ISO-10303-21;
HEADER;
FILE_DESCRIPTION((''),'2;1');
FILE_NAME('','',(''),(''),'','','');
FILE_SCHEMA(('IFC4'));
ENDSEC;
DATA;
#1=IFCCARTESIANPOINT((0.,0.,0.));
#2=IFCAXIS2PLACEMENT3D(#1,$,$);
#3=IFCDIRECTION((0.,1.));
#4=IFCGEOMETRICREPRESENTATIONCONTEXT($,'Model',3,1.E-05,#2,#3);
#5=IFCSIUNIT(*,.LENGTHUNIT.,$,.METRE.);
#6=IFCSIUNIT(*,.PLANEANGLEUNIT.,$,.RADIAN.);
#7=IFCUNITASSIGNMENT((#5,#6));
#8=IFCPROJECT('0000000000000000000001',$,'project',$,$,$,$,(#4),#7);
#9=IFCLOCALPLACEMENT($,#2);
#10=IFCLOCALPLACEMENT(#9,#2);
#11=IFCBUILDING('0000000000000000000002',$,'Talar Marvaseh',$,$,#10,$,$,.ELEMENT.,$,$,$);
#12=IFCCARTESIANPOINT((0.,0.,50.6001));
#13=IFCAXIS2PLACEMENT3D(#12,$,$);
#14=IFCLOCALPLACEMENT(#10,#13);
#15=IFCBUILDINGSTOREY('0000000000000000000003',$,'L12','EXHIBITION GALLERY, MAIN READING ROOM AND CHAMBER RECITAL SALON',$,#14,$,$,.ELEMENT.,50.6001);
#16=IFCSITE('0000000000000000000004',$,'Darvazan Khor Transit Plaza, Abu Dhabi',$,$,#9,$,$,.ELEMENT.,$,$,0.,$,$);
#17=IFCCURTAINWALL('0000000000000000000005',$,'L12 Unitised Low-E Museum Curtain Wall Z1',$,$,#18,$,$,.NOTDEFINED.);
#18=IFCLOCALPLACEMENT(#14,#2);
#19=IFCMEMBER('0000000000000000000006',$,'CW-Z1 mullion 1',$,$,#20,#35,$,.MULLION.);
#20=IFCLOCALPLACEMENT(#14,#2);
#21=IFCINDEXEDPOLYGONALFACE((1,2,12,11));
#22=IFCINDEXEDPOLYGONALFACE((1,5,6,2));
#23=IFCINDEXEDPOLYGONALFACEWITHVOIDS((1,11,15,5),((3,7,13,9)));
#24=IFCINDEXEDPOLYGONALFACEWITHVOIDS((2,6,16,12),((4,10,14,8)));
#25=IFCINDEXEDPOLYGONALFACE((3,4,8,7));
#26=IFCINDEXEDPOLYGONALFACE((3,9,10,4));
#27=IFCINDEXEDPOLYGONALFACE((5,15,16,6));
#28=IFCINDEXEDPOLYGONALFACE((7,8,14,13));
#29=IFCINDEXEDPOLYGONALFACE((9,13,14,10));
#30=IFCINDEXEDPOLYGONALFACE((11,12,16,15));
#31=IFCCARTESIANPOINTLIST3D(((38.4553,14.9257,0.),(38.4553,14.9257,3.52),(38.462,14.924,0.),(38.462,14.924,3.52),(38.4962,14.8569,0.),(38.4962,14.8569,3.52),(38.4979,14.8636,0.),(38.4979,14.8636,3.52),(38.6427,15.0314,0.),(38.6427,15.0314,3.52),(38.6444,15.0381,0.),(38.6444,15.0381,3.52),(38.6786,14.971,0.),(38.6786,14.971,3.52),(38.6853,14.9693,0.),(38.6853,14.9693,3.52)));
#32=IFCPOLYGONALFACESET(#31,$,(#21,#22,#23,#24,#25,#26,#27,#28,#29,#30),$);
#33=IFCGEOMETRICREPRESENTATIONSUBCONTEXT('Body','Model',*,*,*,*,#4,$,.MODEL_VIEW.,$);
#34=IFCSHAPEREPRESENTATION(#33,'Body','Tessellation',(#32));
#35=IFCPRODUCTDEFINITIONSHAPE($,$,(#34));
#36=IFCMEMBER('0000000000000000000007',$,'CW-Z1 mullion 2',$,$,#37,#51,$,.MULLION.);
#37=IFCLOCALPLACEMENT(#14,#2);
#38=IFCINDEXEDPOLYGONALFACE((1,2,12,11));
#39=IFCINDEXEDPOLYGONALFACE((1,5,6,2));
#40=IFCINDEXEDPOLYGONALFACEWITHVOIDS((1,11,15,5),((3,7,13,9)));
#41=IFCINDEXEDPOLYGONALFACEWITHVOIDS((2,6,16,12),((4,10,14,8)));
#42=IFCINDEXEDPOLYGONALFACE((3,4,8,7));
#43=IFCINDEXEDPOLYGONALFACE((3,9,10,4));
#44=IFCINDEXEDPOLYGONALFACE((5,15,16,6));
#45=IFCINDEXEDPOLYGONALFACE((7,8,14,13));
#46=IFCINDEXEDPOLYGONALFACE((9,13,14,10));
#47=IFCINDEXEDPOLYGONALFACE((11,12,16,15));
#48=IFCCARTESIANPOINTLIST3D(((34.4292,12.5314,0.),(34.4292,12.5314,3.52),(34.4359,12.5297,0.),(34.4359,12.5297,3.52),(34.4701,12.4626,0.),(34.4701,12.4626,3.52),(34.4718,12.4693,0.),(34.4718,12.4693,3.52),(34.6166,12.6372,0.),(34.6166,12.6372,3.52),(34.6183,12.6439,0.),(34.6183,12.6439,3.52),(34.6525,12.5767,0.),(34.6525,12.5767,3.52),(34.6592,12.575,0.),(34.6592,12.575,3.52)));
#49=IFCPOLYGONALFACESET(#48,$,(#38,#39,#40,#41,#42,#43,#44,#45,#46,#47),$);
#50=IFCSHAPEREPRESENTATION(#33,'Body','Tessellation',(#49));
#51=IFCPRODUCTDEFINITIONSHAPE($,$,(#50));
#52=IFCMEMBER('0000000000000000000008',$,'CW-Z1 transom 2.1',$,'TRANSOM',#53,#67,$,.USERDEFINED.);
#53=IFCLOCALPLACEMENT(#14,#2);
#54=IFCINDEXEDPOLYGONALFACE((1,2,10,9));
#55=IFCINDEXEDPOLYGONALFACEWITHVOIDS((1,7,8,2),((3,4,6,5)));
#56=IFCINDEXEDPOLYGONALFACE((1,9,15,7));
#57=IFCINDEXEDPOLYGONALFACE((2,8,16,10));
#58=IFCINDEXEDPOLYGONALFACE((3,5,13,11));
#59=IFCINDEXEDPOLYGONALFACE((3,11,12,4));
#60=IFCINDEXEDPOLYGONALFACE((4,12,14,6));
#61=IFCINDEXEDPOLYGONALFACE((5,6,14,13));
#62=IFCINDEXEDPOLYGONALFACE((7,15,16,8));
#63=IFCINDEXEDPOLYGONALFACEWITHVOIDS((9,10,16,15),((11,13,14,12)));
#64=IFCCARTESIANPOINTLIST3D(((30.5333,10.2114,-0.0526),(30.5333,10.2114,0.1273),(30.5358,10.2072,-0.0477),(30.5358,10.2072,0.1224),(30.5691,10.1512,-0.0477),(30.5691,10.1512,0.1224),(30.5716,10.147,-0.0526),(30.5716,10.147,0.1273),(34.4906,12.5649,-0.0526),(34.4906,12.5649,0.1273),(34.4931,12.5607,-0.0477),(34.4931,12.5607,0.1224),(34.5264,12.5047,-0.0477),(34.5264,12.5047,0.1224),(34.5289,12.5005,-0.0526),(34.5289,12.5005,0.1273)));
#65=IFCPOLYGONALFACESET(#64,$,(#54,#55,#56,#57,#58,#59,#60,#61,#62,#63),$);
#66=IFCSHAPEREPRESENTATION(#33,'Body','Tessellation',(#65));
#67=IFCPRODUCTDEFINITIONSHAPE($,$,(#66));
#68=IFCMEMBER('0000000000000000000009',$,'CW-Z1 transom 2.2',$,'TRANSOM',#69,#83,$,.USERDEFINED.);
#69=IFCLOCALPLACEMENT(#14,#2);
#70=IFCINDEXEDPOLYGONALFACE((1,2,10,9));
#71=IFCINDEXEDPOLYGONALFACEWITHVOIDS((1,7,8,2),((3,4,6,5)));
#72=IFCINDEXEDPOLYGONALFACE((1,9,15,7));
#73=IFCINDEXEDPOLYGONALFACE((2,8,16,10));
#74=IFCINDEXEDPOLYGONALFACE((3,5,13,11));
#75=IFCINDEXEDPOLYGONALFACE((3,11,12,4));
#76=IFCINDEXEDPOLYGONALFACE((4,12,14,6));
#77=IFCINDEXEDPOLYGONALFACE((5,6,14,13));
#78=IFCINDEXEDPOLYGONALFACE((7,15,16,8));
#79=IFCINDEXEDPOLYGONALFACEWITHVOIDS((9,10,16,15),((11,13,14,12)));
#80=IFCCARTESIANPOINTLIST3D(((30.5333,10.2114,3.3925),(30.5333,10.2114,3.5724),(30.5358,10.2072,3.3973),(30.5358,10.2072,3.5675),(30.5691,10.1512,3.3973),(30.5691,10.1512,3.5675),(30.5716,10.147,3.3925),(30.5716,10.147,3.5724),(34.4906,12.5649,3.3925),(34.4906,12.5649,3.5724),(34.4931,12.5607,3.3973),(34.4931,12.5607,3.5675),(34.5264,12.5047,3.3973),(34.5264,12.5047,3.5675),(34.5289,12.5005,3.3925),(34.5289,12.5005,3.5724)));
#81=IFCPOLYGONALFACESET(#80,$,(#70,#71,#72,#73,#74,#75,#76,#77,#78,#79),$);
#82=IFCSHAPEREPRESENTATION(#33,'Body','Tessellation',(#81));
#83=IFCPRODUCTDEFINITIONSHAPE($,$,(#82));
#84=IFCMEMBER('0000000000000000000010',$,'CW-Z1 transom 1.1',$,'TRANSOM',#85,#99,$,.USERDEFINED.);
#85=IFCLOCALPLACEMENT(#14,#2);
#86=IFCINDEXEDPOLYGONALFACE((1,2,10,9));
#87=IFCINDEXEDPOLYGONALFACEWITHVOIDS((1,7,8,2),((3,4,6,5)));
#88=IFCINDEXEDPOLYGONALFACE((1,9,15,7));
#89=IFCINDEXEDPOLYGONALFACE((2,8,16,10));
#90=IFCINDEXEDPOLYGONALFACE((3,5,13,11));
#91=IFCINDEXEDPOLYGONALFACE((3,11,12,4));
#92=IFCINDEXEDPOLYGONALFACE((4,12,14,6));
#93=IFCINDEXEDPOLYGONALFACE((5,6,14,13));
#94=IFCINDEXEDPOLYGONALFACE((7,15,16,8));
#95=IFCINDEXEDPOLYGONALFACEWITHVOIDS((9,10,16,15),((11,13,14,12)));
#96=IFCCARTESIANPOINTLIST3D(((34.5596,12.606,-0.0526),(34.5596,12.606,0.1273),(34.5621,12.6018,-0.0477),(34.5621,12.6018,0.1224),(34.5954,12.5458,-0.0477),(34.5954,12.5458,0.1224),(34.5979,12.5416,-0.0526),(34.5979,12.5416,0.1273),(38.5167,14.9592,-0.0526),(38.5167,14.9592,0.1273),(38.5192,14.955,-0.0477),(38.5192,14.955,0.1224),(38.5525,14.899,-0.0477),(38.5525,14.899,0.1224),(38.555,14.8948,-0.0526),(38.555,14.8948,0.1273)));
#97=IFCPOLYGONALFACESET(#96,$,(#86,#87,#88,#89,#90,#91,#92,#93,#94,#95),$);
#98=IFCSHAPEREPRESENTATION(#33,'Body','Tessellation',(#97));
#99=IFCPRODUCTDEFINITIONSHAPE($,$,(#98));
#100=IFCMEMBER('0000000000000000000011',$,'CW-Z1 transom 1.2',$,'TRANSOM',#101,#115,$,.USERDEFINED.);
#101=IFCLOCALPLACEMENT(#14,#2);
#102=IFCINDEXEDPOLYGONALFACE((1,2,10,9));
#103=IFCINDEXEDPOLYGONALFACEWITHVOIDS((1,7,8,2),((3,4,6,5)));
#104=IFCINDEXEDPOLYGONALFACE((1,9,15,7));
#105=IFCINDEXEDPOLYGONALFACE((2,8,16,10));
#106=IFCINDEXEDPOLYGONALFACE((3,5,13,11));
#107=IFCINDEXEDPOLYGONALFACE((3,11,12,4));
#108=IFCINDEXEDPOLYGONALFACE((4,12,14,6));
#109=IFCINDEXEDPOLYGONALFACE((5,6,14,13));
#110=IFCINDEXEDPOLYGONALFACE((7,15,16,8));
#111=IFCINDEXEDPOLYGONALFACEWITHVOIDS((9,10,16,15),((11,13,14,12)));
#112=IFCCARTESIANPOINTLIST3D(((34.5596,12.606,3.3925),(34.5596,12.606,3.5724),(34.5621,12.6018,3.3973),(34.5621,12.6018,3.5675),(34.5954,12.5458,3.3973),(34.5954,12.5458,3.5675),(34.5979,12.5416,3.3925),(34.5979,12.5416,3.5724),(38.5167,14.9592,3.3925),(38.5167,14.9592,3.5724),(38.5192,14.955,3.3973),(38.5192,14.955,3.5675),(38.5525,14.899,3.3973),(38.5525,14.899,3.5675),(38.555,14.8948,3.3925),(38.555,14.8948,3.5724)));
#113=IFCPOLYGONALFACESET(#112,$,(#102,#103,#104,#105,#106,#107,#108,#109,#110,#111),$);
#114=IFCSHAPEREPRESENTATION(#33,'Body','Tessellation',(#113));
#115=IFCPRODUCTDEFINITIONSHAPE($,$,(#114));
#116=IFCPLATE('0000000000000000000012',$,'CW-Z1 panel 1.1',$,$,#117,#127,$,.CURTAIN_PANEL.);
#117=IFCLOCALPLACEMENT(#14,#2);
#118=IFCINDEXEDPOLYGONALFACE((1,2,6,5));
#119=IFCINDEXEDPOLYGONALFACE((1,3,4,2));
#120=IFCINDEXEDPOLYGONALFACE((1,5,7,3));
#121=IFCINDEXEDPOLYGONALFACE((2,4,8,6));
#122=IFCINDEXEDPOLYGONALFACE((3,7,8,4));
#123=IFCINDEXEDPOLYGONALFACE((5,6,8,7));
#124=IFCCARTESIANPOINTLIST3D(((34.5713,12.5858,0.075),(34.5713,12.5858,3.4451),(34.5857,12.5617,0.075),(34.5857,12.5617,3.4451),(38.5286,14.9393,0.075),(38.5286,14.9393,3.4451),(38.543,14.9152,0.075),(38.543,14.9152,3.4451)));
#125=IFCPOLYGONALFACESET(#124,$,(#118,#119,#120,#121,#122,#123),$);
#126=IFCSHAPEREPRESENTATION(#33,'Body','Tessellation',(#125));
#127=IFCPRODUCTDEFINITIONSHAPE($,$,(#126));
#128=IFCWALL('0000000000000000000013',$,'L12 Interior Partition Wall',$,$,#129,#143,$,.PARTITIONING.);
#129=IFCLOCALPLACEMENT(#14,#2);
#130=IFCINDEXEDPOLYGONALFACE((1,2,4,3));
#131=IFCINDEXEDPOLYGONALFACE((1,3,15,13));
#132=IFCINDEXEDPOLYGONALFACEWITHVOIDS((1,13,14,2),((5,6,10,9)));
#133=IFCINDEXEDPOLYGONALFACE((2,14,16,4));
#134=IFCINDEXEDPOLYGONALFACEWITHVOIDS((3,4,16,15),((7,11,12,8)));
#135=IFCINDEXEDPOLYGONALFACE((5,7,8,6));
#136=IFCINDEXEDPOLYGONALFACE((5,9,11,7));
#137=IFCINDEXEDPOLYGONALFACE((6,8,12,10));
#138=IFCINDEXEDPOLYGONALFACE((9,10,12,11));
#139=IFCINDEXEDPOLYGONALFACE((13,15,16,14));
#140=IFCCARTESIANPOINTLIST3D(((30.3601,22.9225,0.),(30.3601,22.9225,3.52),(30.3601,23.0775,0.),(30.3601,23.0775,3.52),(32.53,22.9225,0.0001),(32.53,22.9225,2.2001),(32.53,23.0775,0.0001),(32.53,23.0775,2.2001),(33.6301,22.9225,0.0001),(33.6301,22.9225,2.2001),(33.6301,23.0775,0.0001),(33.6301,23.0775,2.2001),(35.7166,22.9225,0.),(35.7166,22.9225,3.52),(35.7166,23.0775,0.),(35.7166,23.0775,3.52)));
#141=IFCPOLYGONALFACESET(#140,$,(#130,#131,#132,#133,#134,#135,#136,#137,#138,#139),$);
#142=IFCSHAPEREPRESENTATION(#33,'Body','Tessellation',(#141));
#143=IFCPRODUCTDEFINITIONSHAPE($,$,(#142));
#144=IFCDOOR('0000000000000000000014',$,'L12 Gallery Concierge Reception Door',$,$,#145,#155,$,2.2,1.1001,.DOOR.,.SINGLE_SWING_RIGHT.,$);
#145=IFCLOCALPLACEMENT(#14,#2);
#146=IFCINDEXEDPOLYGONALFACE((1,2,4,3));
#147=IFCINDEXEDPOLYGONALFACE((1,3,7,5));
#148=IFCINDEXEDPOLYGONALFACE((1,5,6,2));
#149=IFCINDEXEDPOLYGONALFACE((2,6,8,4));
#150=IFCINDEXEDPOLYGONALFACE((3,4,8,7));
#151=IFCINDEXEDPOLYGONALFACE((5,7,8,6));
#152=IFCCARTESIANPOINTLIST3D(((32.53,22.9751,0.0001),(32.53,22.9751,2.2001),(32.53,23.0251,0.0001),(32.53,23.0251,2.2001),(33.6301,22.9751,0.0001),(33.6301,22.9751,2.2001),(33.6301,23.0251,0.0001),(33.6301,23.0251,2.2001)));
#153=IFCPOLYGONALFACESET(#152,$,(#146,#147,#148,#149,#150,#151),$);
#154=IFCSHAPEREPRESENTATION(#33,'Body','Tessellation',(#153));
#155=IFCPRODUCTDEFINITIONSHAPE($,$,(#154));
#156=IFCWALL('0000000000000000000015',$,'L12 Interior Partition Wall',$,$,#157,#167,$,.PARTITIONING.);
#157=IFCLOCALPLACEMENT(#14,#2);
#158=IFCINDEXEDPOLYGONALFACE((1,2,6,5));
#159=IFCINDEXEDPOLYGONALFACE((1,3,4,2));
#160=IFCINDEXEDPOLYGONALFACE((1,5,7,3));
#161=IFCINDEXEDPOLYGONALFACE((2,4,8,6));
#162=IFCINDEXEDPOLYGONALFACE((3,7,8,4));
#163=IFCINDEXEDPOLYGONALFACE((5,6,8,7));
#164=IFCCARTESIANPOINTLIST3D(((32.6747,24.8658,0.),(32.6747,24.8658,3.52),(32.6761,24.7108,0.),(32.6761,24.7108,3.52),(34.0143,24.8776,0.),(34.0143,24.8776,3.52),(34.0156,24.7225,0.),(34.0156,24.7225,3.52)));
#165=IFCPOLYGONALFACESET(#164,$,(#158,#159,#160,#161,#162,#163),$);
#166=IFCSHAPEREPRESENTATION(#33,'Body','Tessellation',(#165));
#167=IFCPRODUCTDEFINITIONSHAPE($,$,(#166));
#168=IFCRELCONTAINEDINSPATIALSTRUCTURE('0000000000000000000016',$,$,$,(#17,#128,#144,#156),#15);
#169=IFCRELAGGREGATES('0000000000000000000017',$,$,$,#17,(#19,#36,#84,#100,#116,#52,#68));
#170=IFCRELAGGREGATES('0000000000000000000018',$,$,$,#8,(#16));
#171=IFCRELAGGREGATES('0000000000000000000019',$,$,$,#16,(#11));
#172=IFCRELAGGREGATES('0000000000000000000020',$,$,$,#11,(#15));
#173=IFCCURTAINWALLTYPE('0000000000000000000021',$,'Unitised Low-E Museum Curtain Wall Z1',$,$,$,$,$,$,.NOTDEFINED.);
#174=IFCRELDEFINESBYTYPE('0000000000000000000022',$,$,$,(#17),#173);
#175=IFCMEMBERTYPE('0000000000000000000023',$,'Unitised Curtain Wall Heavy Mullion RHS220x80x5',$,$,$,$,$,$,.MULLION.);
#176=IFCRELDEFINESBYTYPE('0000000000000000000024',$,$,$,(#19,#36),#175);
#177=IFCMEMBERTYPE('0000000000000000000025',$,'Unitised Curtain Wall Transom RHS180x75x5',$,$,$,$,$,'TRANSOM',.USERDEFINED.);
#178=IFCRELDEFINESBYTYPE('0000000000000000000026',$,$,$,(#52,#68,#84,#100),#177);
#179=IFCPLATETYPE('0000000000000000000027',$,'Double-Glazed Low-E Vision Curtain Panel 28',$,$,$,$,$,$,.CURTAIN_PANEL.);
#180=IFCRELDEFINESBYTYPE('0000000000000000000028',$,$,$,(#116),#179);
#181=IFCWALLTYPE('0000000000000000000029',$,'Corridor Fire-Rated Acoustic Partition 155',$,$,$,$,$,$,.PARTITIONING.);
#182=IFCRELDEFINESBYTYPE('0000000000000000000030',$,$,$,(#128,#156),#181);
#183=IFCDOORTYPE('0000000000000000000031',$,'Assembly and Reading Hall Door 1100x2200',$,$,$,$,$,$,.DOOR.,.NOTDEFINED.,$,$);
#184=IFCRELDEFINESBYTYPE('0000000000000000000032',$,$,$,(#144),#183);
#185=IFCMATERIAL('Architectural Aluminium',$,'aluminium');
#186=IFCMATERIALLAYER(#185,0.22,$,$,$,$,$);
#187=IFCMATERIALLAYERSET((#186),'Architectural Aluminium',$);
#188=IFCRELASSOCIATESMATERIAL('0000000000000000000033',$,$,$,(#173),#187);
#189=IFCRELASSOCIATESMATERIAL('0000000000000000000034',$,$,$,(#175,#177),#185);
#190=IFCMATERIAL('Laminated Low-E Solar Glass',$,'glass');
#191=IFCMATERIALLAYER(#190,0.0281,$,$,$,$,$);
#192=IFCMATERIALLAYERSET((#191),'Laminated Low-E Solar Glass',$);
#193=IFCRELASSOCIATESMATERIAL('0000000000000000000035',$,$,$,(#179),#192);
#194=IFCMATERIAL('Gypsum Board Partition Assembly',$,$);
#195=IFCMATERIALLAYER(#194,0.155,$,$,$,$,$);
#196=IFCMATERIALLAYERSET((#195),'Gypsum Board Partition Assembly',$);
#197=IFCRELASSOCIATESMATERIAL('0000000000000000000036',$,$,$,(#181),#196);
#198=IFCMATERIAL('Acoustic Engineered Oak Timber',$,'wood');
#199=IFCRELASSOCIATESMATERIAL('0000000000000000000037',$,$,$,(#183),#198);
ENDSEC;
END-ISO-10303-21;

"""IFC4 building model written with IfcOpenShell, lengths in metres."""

from ifc_helpers import new_model, si_unit, direction, frame, frame_2d, origin, origin_2d, place, context, subcontext, project, spatial, rectangle, hollow_rectangle, extrude, source, transform, mapped, material, layer, layer_set, material_profile, profile_set, type_object, type_shapes, element, fill, aggregate, save


model = new_model("IFC4")

# Units and contexts
model_context = context("Model", 3, precision=1e-05, world=origin(), true_north=direction((0.0, 1.0)))
body_context = subcontext(model_context, "Body", "Model", "MODEL_VIEW")
ifc_project = project(units=[si_unit("LENGTHUNIT", "METRE"), si_unit("PLANEANGLEUNIT", "RADIAN")], contexts=[model_context])

# Site, building, storey
site_placement = place(None, origin())
site = spatial("IfcSite", under=ifc_project, at=site_placement, Name="Darvazan Khor Transit Plaza, Abu Dhabi", CompositionType="ELEMENT", RefElevation=0.0)
building_placement = place(site_placement, origin())
building = spatial("IfcBuilding", under=site, at=building_placement, Name="Talar Marvaseh", CompositionType="ELEMENT")
storey_placement = place(building_placement, frame((0.0, 0.0, 50.6001)))
storey = spatial("IfcBuildingStorey", under=building, at=storey_placement, Name="L12", Description="EXHIBITION GALLERY, MAIN READING ROOM AND CHAMBER RECITAL SALON", CompositionType="ELEMENT", Elevation=50.6001)

# Shared definitions
ifc_material_1 = material(Name="Architectural Aluminium", Category="aluminium")
ifc_layer_1 = layer(ifc_material_1, 0.22)
ifc_layer_set_1 = layer_set([ifc_layer_1], Name="Architectural Aluminium")
curtain_wall_type = type_object("IfcCurtainWallType", Name="Unitised Low-E Museum Curtain Wall Z1", PredefinedType="NOTDEFINED", material=ifc_layer_set_1)
ifc_material_profile_1 = material_profile(ifc_material_1, hollow_rectangle(XDim=0.0801, YDim=0.22, WallThickness=0.0049, at=origin_2d()), Name="RHS220x80x5")
ifc_profile_set_1 = profile_set([ifc_material_profile_1], Name="Architectural Aluminium")
member_type_1 = type_object("IfcMemberType", Name="Unitised Curtain Wall Heavy Mullion RHS220x80x5", PredefinedType="MULLION", material=ifc_profile_set_1)
shared_shape_1 = source(origin(), body_context, "Body", "SweptSolid", [
    extrude(hollow_rectangle(XDim=0.0801, YDim=0.22, WallThickness=0.0049, at=origin_2d()), origin(), (0.0, 0.0, 1.0), 3.52),
])
type_shapes(member_type_1, [shared_shape_1])

# Curtain wall, members, plate
curtain_wall_1_placement = place(storey_placement, origin())
curtain_wall_1 = element("IfcCurtainWall", 1, at=curtain_wall_1_placement, inside=storey, type_object=curtain_wall_type, Name="L12 Unitised Low-E Museum Curtain Wall Z1", PredefinedType="NOTDEFINED")
member_1_placement = place(storey_placement, frame((38.5703, 14.9475, 0.0), z_axis=(0.0, 0.0, 1.0), x_axis=(0.511155, -0.859489, 0.0)))
member_1 = element("IfcMember", 2, at=member_1_placement, type_object=member_type_1, Name="CW-Z1 mullion 1", PredefinedType="MULLION", context=body_context, shape_type="MappedRepresentation", body=[
    mapped(shared_shape_1, transform((0.0, 0.0, 0.0), x_axis=(1.0, 0.0, 0.0), y_axis=(0.0, 1.0, 0.0), z_axis=(0.0, 0.0, 1.0), scale=1.0)),
])
member_2_placement = place(storey_placement, frame((34.5442, 12.5532, 0.0), z_axis=(0.0, 0.0, 1.0), x_axis=(0.511155, -0.859489, 0.0)))
member_2 = element("IfcMember", 3, at=member_2_placement, type_object=member_type_1, Name="CW-Z1 mullion 2", PredefinedType="MULLION", context=body_context, shape_type="MappedRepresentation", body=[
    mapped(shared_shape_1, transform((0.0, 0.0, 0.0), x_axis=(1.0, 0.0, 0.0), y_axis=(0.0, 1.0, 0.0), z_axis=(0.0, 0.0, 1.0), scale=1.0)),
])
ifc_material_profile_2 = material_profile(ifc_material_1, hollow_rectangle(XDim=0.075, YDim=0.1799, WallThickness=0.0049, at=origin_2d()), Name="RHS180x75x5")
ifc_profile_set_2 = profile_set([ifc_material_profile_2], Name="Architectural Aluminium")
member_type_2 = type_object("IfcMemberType", Name="Unitised Curtain Wall Transom RHS180x75x5", ElementType="TRANSOM", PredefinedType="USERDEFINED", material=ifc_profile_set_2)
shared_shape_2 = source(origin(), body_context, "Body", "SweptSolid", [
    extrude(hollow_rectangle(XDim=0.075, YDim=0.1799, WallThickness=0.0049, at=origin_2d()), origin(), (0.0, 0.0, 1.0), 4.6042),
])
member_3_placement = place(storey_placement, frame((34.5098, 12.5327, 0.0374), z_axis=(-0.859484, -0.511162, 0.0), x_axis=(0.511162, -0.859484, 0.0)))
member_3 = element("IfcMember", 4, at=member_3_placement, type_object=member_type_2, Name="CW-Z1 transom 2.1", ObjectType="TRANSOM", PredefinedType="USERDEFINED", context=body_context, shape_type="MappedRepresentation", body=[
    mapped(shared_shape_2, transform((0.0, 0.0, 0.0), x_axis=(1.0, 0.0, 0.0), y_axis=(0.0, 1.0, 0.0), z_axis=(0.0, 0.0, 1.0), scale=1.0)),
])
member_4_placement = place(storey_placement, frame((34.5098, 12.5327, 3.4824), z_axis=(-0.859484, -0.511162, 0.0), x_axis=(0.511162, -0.859484, 0.0)))
member_4 = element("IfcMember", 5, at=member_4_placement, type_object=member_type_2, Name="CW-Z1 transom 2.2", ObjectType="TRANSOM", PredefinedType="USERDEFINED", context=body_context, shape_type="MappedRepresentation", body=[
    mapped(shared_shape_2, transform((0.0, 0.0, 0.0), x_axis=(1.0, 0.0, 0.0), y_axis=(0.0, 1.0, 0.0), z_axis=(0.0, 0.0, 1.0), scale=1.0)),
])
shared_shape_3 = source(origin(), body_context, "Body", "SweptSolid", [
    extrude(hollow_rectangle(XDim=0.075, YDim=0.1799, WallThickness=0.0049, at=origin_2d()), origin(), (0.0, 0.0, 1.0), 4.604),
])
type_shapes(member_type_2, [shared_shape_2, shared_shape_3])
member_5_placement = place(storey_placement, frame((38.5359, 14.927, 0.0374), z_axis=(-0.859508, -0.511123, 0.0), x_axis=(0.511123, -0.859508, 0.0)))
member_5 = element("IfcMember", 6, at=member_5_placement, type_object=member_type_2, Name="CW-Z1 transom 1.1", ObjectType="TRANSOM", PredefinedType="USERDEFINED", context=body_context, shape_type="MappedRepresentation", body=[
    mapped(shared_shape_3, transform((0.0, 0.0, 0.0), x_axis=(1.0, 0.0, 0.0), y_axis=(0.0, 1.0, 0.0), z_axis=(0.0, 0.0, 1.0), scale=1.0)),
])
member_6_placement = place(storey_placement, frame((38.5359, 14.927, 3.4824), z_axis=(-0.859508, -0.511123, 0.0), x_axis=(0.511123, -0.859508, 0.0)))
member_6 = element("IfcMember", 7, at=member_6_placement, type_object=member_type_2, Name="CW-Z1 transom 1.2", ObjectType="TRANSOM", PredefinedType="USERDEFINED", context=body_context, shape_type="MappedRepresentation", body=[
    mapped(shared_shape_3, transform((0.0, 0.0, 0.0), x_axis=(1.0, 0.0, 0.0), y_axis=(0.0, 1.0, 0.0), z_axis=(0.0, 0.0, 1.0), scale=1.0)),
])
ifc_material_2 = material(Name="Laminated Low-E Solar Glass", Category="glass")
ifc_layer_2 = layer(ifc_material_2, 0.0281)
ifc_layer_set_2 = layer_set([ifc_layer_2], Name="Laminated Low-E Solar Glass")
plate_type = type_object("IfcPlateType", Name="Double-Glazed Low-E Vision Curtain Panel 28", PredefinedType="CURTAIN_PANEL", material=ifc_layer_set_2)
shared_shape_4 = source(origin(), body_context, "Body", "SweptSolid", [
    extrude(rectangle(XDim=4.6042, YDim=0.0281, at=origin_2d()), origin(), (0.0, 0.0, 1.0), 3.3701),
])
type_shapes(plate_type, [shared_shape_4])
plate_placement = place(storey_placement, frame((36.5571, 13.7505, 0.075), z_axis=(0.0, 0.0, 1.0), x_axis=(-0.859489, -0.511155, 0.0)))
plate = element("IfcPlate", 8, at=plate_placement, type_object=plate_type, Name="CW-Z1 panel 1.1", PredefinedType="CURTAIN_PANEL", context=body_context, shape_type="MappedRepresentation", body=[
    mapped(shared_shape_4, transform((0.0, 0.0, 0.0), x_axis=(1.0, 0.0, 0.0), y_axis=(0.0, 1.0, 0.0), z_axis=(0.0, 0.0, 1.0), scale=1.0)),
])
aggregate(curtain_wall_1, [member_1, member_2, member_5, member_6, plate, member_3, member_4])

# Wall, opening, door
ifc_material_3 = material(Name="Gypsum Board Partition Assembly")
ifc_layer_3 = layer(ifc_material_3, 0.155)
ifc_layer_set_3 = layer_set([ifc_layer_3], Name="Gypsum Board Partition Assembly")
wall_type_1 = type_object("IfcWallType", Name="Corridor Fire-Rated Acoustic Partition 155", PredefinedType="PARTITIONING", material=ifc_layer_set_3)
wall_1_placement = place(storey_placement, frame((35.7166, 23.0, 0.0), z_axis=(0.0, 0.0, 1.0), x_axis=(-1.0, 0.0, 0.0)))
wall_1 = element("IfcWall", 9, at=wall_1_placement, inside=storey, type_object=wall_type_1, Name="L12 Interior Partition Wall", PredefinedType="PARTITIONING", context=body_context, shape_type="SweptSolid", body=[
    extrude(rectangle(XDim=5.3564, YDim=0.155, at=frame_2d((2.6782, 0.0))), origin(), (0.0, 0.0, 1.0), 3.52),
])
opening_1_placement = place(wall_1_placement, frame((2.0864, 0.0, 0.0)))
opening_1 = element("IfcOpeningElement", 10, at=opening_1_placement, cuts=wall_1, PredefinedType="OPENING", context=body_context, shape_type="SweptSolid", body=[
    extrude(rectangle(XDim=1.1001, YDim=2.2, at=frame_2d((0.55, 1.1001))), frame((0.0, 0.0874, 0.0), z_axis=(0.0, -1.0, 0.0), x_axis=(1.0, 0.0, 0.0)), (0.0, 0.0, 1.0), 0.175),
])
ifc_material_4 = material(Name="Acoustic Engineered Oak Timber", Category="wood")
door_type_1 = type_object("IfcDoorType", Name="Assembly and Reading Hall Door 1100x2200", OperationType="NOTDEFINED", PredefinedType="DOOR", material=ifc_material_4)
shared_shape_5 = source(origin(), body_context, "Body", "SweptSolid", [
    extrude(rectangle(XDim=1.1001, YDim=2.2, at=frame_2d((0.55, 1.1001))), frame((0.0, 0.0249, 0.0), z_axis=(0.0, -1.0, 0.0), x_axis=(1.0, 0.0, 0.0)), (0.0, 0.0, 1.0), 0.05),
])
type_shapes(door_type_1, [shared_shape_5])
door_1_placement = place(opening_1_placement, origin())
door_1 = element("IfcDoor", 11, at=door_1_placement, inside=storey, type_object=door_type_1, Name="L12 Gallery Concierge Reception Door", OperationType="SINGLE_SWING_RIGHT", OverallHeight=2.2, OverallWidth=1.1001, PredefinedType="DOOR", context=body_context, shape_type="MappedRepresentation", body=[
    mapped(shared_shape_5, transform((0.0, 0.0, 0.0), x_axis=(1.0, 0.0, 0.0), y_axis=(0.0, 1.0, 0.0), z_axis=(0.0, 0.0, 1.0), scale=1.0)),
])
fill(opening_1, door_1)

# Wall
wall_2_placement = place(storey_placement, frame((32.6753, 24.7883, 0.0), z_axis=(0.0, 0.0, 1.0), x_axis=(0.999962, 0.008748, 0.0)))
element("IfcWall", 12, at=wall_2_placement, inside=storey, type_object=wall_type_1, Name="L12 Interior Partition Wall", PredefinedType="PARTITIONING", context=body_context, shape_type="SweptSolid", body=[
    extrude(rectangle(XDim=1.3396, YDim=0.155, at=frame_2d((0.6699, 0.0))), origin(), (0.0, 0.0, 1.0), 3.52),
])

save(model, "model.ifc")
